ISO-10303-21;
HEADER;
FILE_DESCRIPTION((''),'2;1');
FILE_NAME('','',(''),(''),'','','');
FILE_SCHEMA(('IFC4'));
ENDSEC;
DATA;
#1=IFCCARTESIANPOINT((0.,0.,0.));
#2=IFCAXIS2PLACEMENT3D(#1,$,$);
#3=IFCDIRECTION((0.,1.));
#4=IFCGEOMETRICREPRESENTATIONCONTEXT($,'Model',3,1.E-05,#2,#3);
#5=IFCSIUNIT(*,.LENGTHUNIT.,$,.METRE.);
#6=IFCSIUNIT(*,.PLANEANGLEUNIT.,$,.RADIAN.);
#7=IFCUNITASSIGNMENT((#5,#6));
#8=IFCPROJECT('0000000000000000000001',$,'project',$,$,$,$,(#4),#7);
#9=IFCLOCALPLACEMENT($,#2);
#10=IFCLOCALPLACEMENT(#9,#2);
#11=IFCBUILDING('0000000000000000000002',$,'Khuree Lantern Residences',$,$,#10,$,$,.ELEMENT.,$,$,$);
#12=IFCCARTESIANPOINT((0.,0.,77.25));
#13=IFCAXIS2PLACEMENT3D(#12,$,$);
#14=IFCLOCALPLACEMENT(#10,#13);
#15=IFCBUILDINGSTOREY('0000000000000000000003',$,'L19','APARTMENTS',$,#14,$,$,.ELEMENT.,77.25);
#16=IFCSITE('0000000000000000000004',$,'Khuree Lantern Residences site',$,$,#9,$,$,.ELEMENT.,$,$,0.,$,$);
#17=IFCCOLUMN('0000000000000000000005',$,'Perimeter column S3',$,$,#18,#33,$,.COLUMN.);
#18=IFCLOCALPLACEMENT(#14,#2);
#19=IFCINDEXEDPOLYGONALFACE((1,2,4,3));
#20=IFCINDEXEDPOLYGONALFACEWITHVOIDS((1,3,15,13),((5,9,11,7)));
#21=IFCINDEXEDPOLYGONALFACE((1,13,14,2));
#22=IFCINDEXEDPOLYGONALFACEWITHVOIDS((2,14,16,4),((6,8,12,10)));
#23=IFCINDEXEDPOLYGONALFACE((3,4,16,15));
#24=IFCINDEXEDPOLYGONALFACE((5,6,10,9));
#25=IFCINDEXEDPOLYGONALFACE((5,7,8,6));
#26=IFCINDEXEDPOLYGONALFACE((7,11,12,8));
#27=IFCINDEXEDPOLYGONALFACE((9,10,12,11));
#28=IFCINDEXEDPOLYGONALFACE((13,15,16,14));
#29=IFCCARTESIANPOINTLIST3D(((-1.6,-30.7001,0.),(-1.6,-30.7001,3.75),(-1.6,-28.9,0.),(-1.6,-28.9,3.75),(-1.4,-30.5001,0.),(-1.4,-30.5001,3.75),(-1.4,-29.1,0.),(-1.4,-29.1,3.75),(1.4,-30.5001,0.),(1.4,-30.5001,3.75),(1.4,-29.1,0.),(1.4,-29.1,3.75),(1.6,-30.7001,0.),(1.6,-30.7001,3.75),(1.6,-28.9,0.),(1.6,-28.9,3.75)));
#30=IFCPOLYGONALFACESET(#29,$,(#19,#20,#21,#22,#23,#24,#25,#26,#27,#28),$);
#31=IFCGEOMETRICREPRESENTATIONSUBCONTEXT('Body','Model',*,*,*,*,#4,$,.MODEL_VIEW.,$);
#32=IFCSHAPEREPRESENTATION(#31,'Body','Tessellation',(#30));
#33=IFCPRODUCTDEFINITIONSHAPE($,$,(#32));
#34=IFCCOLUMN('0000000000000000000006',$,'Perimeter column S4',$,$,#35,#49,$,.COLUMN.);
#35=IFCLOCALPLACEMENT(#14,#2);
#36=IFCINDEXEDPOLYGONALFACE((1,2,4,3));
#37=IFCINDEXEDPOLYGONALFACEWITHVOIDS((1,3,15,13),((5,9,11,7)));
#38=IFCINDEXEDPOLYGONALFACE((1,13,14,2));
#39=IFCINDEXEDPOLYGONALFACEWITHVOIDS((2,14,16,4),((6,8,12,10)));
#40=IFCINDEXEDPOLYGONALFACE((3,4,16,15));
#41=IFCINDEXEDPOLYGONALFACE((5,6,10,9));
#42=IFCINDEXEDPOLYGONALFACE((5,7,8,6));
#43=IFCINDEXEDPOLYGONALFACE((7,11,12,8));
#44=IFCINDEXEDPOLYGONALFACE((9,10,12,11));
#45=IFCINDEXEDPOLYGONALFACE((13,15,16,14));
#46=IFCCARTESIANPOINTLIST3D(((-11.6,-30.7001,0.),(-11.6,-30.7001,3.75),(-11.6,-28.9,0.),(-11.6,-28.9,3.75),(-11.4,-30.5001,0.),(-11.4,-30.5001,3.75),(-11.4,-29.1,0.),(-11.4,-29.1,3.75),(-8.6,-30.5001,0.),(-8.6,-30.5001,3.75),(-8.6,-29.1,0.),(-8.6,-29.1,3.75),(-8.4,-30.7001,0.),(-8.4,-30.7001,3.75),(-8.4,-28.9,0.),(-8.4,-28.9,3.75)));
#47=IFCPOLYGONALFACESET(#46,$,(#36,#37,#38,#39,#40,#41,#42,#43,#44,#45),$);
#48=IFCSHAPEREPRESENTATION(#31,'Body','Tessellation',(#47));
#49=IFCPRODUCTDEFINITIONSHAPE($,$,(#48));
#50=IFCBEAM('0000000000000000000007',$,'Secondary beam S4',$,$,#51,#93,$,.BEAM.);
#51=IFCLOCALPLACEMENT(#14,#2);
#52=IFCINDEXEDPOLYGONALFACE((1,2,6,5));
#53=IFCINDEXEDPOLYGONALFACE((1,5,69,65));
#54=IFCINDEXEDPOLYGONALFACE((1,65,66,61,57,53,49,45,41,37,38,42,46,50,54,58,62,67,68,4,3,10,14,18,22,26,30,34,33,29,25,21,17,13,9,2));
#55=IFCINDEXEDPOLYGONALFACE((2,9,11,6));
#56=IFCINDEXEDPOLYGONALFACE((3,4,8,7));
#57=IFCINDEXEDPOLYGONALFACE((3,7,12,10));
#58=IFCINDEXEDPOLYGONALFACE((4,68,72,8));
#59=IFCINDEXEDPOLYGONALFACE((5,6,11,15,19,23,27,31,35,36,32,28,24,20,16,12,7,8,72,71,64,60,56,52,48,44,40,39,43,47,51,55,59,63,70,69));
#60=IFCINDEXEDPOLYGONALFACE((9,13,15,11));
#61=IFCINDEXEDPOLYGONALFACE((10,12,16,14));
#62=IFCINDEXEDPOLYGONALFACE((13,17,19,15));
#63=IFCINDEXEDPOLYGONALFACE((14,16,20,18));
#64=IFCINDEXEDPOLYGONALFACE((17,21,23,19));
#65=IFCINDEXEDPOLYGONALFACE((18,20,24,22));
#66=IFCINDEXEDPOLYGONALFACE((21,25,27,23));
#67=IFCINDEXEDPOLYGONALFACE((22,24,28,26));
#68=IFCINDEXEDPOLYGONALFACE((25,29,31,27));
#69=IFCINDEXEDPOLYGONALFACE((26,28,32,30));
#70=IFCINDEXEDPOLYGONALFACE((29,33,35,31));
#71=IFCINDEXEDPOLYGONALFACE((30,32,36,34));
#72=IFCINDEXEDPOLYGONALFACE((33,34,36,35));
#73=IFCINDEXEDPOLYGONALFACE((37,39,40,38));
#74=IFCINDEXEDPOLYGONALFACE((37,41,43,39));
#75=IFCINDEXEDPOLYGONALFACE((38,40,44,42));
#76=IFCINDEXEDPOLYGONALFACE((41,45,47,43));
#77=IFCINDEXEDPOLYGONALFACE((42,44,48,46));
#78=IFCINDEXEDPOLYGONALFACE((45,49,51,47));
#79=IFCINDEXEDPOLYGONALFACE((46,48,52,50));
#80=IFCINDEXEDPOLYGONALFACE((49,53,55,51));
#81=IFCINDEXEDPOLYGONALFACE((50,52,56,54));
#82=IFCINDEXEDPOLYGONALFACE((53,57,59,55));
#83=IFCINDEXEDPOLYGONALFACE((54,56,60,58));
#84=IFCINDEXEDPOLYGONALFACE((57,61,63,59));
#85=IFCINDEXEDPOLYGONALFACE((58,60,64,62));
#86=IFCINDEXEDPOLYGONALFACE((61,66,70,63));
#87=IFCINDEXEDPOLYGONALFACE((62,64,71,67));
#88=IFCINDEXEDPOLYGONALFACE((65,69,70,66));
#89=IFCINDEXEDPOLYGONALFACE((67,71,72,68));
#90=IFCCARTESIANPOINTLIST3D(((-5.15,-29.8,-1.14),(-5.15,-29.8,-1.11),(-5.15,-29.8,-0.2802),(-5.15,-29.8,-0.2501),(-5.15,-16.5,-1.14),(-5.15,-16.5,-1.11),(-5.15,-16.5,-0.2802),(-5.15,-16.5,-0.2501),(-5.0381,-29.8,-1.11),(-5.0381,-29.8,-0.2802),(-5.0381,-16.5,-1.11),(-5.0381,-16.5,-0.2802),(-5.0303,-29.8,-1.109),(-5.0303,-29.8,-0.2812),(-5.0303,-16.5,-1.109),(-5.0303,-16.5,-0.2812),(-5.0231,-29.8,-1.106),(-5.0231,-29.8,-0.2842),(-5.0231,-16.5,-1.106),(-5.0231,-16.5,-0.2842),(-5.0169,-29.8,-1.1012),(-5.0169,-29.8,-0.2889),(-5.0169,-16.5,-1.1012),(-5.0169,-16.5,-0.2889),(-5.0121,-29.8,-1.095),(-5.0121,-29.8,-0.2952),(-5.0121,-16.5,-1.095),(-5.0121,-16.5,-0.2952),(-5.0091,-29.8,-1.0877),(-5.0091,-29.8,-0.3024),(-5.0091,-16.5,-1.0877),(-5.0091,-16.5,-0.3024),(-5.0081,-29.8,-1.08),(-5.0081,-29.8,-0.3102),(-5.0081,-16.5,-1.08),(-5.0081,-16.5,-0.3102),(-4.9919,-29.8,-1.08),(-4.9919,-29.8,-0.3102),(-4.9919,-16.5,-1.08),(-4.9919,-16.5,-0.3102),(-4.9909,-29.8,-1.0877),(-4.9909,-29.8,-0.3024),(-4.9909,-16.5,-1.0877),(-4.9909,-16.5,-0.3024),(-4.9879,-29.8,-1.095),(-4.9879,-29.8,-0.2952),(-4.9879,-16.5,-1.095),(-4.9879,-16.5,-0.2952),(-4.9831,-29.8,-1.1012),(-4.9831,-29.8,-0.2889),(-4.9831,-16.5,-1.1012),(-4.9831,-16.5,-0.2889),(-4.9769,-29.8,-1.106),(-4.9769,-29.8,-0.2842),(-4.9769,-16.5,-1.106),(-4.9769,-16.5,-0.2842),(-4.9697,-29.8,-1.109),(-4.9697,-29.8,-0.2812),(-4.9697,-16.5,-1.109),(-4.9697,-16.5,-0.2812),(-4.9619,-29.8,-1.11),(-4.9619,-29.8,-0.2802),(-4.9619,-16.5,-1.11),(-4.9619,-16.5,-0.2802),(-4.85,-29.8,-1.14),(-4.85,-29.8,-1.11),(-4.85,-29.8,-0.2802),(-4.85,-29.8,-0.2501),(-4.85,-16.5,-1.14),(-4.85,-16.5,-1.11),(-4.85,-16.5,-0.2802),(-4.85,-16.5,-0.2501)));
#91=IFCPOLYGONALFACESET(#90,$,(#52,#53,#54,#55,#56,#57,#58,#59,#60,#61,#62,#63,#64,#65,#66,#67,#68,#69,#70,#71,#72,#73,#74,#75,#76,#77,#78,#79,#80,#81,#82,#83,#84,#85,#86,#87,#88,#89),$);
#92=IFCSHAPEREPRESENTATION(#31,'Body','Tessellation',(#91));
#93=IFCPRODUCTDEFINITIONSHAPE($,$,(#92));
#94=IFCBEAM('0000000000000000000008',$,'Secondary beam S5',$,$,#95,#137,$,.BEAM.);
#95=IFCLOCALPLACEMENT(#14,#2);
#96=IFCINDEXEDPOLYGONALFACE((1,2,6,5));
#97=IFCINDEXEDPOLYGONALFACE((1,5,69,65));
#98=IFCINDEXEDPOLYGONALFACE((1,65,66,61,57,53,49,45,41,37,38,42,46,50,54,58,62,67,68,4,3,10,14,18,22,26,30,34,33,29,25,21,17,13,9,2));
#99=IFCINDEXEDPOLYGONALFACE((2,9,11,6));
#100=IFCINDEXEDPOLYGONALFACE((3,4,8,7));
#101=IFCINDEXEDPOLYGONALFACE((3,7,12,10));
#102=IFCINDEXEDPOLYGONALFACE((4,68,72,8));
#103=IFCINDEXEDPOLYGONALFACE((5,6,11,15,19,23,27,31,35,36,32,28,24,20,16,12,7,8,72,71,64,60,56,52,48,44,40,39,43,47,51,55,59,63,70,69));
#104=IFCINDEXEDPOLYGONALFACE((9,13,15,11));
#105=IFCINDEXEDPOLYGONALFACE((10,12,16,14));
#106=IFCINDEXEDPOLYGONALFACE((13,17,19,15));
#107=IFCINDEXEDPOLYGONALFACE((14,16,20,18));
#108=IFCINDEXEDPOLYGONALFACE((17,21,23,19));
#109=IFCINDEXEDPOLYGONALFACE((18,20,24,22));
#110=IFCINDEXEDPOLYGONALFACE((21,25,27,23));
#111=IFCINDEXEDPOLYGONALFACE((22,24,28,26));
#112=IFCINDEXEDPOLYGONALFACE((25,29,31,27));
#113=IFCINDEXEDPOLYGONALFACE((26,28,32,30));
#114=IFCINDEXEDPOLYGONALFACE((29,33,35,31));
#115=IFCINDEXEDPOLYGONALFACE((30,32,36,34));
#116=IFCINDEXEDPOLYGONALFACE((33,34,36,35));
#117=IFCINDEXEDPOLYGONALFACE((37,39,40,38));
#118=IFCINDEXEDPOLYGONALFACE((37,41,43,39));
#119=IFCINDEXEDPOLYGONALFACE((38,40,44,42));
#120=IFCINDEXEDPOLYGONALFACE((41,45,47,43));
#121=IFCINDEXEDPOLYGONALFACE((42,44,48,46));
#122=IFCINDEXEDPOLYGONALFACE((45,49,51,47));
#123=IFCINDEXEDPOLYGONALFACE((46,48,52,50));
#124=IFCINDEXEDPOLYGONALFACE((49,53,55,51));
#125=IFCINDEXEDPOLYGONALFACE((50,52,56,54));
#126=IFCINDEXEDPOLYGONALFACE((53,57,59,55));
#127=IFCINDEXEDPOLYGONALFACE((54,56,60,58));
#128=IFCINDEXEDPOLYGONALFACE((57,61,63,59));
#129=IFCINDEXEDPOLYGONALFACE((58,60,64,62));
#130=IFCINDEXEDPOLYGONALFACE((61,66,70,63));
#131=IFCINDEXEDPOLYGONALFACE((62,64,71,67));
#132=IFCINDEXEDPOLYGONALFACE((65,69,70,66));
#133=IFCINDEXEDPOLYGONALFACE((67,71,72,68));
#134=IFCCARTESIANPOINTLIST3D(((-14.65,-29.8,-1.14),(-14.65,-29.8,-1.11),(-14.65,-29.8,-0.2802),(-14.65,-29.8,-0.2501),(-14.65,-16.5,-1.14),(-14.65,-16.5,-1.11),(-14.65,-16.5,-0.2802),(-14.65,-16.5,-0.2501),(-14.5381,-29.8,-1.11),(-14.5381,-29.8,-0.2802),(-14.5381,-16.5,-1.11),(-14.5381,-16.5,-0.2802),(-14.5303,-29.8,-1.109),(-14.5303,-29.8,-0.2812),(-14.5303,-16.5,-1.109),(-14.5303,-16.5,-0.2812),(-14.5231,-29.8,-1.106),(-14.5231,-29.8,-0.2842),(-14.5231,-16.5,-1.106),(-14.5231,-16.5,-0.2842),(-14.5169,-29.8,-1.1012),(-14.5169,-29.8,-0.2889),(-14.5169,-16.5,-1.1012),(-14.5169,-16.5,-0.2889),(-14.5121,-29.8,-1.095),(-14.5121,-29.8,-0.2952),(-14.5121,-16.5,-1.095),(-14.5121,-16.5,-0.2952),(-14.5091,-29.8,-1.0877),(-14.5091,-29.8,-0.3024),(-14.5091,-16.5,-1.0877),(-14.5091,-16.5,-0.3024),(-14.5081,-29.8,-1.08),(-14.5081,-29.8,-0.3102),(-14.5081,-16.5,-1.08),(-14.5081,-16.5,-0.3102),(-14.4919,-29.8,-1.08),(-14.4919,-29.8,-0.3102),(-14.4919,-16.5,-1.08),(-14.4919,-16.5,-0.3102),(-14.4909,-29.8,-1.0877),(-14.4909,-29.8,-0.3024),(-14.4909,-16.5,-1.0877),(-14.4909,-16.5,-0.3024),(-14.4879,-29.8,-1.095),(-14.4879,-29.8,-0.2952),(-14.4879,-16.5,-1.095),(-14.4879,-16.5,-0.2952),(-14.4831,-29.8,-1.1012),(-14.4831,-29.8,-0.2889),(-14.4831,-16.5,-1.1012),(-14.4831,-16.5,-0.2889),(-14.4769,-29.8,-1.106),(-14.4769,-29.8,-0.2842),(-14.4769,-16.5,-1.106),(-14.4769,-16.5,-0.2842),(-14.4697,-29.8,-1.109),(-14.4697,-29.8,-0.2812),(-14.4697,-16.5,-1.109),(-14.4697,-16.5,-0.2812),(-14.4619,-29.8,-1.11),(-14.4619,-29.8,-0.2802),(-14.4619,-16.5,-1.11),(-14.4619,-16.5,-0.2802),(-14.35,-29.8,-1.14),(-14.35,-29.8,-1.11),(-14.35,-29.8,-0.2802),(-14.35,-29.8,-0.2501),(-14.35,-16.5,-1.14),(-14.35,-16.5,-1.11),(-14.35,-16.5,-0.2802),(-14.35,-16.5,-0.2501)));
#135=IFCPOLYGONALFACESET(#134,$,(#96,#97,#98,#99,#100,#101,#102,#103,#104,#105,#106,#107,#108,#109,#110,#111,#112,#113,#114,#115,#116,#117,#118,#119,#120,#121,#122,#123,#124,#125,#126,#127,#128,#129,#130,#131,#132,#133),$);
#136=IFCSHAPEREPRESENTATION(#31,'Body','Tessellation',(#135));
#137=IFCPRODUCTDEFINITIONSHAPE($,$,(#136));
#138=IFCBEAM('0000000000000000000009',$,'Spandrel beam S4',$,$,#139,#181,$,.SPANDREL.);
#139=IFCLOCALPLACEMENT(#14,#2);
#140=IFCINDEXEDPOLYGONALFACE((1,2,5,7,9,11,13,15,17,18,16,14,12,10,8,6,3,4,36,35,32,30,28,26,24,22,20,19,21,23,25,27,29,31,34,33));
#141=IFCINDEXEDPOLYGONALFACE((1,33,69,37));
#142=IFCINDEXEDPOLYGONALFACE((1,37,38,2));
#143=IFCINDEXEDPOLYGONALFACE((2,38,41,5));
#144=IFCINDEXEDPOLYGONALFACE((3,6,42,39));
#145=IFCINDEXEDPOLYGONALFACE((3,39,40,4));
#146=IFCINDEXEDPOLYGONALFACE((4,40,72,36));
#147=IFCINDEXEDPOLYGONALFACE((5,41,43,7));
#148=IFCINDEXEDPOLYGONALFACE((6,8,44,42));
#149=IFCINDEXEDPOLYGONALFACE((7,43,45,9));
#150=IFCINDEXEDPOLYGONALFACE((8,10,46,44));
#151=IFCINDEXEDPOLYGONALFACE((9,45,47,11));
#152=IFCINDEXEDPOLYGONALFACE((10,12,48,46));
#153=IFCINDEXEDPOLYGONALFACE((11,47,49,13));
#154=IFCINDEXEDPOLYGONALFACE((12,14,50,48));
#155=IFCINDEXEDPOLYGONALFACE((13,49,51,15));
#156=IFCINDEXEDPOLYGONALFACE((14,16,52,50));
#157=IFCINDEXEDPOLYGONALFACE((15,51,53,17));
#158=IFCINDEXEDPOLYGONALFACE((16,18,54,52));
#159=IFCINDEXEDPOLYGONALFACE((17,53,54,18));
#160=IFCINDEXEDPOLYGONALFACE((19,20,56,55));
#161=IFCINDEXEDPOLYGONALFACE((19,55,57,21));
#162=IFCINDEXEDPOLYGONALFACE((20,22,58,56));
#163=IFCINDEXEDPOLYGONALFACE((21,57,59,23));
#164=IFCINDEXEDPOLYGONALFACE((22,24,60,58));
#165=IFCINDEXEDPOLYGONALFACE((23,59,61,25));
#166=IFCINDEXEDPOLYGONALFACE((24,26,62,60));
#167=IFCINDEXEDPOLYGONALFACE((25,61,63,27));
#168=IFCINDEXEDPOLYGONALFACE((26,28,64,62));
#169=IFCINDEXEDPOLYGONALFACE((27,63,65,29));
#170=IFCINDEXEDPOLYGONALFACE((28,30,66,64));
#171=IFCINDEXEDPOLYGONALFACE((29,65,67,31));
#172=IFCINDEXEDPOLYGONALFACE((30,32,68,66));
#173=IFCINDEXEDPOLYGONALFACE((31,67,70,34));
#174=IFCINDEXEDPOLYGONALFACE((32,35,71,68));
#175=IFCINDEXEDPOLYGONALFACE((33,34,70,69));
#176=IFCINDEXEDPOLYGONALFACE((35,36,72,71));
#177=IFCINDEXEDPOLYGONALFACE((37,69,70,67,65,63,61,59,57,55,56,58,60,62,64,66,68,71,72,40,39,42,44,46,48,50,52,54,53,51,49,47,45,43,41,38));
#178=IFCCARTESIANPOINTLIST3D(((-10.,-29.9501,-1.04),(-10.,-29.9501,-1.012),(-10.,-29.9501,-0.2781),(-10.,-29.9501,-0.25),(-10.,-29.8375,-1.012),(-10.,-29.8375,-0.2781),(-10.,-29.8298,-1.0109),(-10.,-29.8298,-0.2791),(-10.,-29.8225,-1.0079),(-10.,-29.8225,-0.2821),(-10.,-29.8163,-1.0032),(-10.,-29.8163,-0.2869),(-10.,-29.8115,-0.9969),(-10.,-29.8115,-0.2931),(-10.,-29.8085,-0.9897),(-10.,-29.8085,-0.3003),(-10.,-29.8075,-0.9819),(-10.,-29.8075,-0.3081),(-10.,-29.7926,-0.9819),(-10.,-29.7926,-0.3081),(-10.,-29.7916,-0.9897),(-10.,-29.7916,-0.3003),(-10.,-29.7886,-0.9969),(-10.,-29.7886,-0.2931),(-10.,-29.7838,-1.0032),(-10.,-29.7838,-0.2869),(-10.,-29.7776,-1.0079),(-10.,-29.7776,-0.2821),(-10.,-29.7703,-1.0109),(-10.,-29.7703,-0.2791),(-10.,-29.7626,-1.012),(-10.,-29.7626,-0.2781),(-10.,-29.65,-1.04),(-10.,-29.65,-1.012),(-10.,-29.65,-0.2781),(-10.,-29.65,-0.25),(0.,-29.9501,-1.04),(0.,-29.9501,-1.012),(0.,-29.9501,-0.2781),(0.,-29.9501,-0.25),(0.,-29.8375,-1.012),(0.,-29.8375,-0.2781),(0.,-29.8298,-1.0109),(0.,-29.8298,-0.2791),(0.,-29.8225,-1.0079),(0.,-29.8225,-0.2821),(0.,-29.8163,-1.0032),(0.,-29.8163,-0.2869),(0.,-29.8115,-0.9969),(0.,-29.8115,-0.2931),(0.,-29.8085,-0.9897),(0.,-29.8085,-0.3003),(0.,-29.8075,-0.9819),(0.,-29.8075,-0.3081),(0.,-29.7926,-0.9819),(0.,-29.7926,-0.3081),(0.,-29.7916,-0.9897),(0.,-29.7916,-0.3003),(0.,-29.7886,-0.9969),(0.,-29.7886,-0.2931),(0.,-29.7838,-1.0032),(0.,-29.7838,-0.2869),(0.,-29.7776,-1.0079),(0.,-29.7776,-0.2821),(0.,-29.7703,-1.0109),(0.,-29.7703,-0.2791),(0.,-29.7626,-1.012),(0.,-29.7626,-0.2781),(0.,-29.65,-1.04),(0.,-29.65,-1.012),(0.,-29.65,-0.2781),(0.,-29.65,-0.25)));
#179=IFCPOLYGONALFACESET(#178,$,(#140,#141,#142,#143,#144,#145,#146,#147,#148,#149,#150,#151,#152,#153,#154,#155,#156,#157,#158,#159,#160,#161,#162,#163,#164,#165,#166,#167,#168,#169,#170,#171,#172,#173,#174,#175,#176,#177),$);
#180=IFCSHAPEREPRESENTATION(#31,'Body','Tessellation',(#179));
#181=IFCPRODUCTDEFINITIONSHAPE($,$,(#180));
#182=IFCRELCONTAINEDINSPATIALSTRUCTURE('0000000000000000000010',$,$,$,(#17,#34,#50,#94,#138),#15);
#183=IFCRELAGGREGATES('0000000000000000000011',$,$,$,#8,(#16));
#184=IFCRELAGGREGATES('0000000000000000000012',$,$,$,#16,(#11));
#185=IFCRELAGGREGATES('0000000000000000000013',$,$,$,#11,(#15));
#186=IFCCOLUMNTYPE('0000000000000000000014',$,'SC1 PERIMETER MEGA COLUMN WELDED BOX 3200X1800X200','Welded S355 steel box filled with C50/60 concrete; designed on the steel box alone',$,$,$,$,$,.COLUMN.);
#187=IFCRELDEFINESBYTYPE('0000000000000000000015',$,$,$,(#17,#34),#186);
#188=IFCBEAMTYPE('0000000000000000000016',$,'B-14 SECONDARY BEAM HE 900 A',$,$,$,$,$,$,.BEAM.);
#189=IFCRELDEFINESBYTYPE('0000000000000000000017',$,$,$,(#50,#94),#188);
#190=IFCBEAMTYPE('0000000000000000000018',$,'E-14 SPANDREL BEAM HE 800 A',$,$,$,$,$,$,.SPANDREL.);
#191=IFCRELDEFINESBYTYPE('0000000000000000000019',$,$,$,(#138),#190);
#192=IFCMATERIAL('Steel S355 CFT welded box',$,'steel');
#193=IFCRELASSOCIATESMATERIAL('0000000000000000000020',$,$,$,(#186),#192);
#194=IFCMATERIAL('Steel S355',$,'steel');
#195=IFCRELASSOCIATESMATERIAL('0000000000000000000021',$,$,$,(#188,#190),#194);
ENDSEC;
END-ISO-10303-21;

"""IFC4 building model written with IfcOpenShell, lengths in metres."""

from ifc_helpers import new_model, si_unit, direction, frame, origin, origin_2d, place, context, subcontext, project, spatial, hollow_rectangle, i_section, extrude, material, material_profile, profile_set, type_object, element, save


model = new_model("IFC4")

# Units and contexts
model_context = context("Model", 3, precision=1e-05, world=origin(), true_north=direction((0.0, 1.0)))
body_context = subcontext(model_context, "Body", "Model", "MODEL_VIEW")
ifc_project = project(units=[si_unit("LENGTHUNIT", "METRE"), si_unit("PLANEANGLEUNIT", "RADIAN")], contexts=[model_context])

# Site, building, storey
site_placement = place(None, origin())
site = spatial("IfcSite", under=ifc_project, at=site_placement, Name="Khuree Lantern Residences site", CompositionType="ELEMENT", RefElevation=0.0)
building_placement = place(site_placement, origin())
building = spatial("IfcBuilding", under=site, at=building_placement, Name="Khuree Lantern Residences", CompositionType="ELEMENT")
storey_placement = place(building_placement, frame((0.0, 0.0, 77.25)))
storey = spatial("IfcBuildingStorey", under=building, at=storey_placement, Name="L19", Description="APARTMENTS", CompositionType="ELEMENT", Elevation=77.25)

# Columns
ifc_material_1 = material(Name="Steel S355 CFT welded box", Category="steel")
ifc_material_profile_1 = material_profile(ifc_material_1, hollow_rectangle(XDim=3.2, YDim=1.8, WallThickness=0.2, at=origin_2d()), Name="WELDED BOX 3200X1800X200")
ifc_profile_set_1 = profile_set([ifc_material_profile_1], Name="Steel S355 CFT welded box")
column_type = type_object("IfcColumnType", Name="SC1 PERIMETER MEGA COLUMN WELDED BOX 3200X1800X200", Description="Welded S355 steel box filled with C50/60 concrete; designed on the steel box alone", PredefinedType="COLUMN", material=ifc_profile_set_1)
for number, where, z_axis, x_axis, name in (
    (1, (0.0, -29.8, 0.0), (0.0, 0.0, 1.0), (1.0, 0.0, 0.0), "Perimeter column S3"),
    (2, (-10.0, -29.8, 0.0), (0.0, 0.0, 1.0), (1.0, 0.0, 0.0), "Perimeter column S4"),
):
    element("IfcColumn", number, at=place(storey_placement, frame(where, z_axis=z_axis, x_axis=x_axis)), inside=storey, type_object=column_type, Name=name, PredefinedType="COLUMN", context=body_context, shape_type="SweptSolid", body=[
        extrude(hollow_rectangle(XDim=3.2, YDim=1.8, WallThickness=0.2, at=origin_2d()), origin(), (0.0, 0.0, 1.0), 3.75),
    ])

# Beams
ifc_material_2 = material(Name="Steel S355", Category="steel")
ifc_material_profile_2 = material_profile(ifc_material_2, i_section(OverallWidth=0.3, OverallDepth=0.8899, WebThickness=0.0161, FlangeThickness=0.03, FilletRadius=0.03, at=origin_2d()), Name="HE 900 A")
ifc_profile_set_2 = profile_set([ifc_material_profile_2], Name="Steel S355")
beam_type_1 = type_object("IfcBeamType", Name="B-14 SECONDARY BEAM HE 900 A", PredefinedType="BEAM", material=ifc_profile_set_2)
for number, where, z_axis, x_axis, name in (
    (3, (-5.0, -29.8, -0.6951), (0.0, 1.0, 0.0), (-1.0, 0.0, 0.0), "Secondary beam S4"),
    (4, (-14.5, -29.8, -0.6951), (0.0, 1.0, 0.0), (-1.0, 0.0, 0.0), "Secondary beam S5"),
):
    element("IfcBeam", number, at=place(storey_placement, frame(where, z_axis=z_axis, x_axis=x_axis)), inside=storey, type_object=beam_type_1, Name=name, PredefinedType="BEAM", context=body_context, shape_type="SweptSolid", body=[
        extrude(i_section(OverallWidth=0.3, OverallDepth=0.8899, WebThickness=0.0161, FlangeThickness=0.03, FilletRadius=0.03, at=origin_2d()), origin(), (0.0, 0.0, 1.0), 13.3),
    ])
ifc_material_profile_3 = material_profile(ifc_material_2, i_section(OverallWidth=0.3, OverallDepth=0.79, WebThickness=0.0149, FlangeThickness=0.0281, FilletRadius=0.03, at=origin_2d()), Name="HE 800 A")
ifc_profile_set_3 = profile_set([ifc_material_profile_3], Name="Steel S355")
beam_type_2 = type_object("IfcBeamType", Name="E-14 SPANDREL BEAM HE 800 A", PredefinedType="SPANDREL", material=ifc_profile_set_3)
for number, where, z_axis, x_axis, name in (
    (5, (0.0, -29.8, -0.645), (-1.0, 0.0, 0.0), (0.0, -1.0, 0.0), "Spandrel beam S4"),
):
    element("IfcBeam", number, at=place(storey_placement, frame(where, z_axis=z_axis, x_axis=x_axis)), inside=storey, type_object=beam_type_2, Name=name, PredefinedType="SPANDREL", context=body_context, shape_type="SweptSolid", body=[
        extrude(i_section(OverallWidth=0.3, OverallDepth=0.79, WebThickness=0.0149, FlangeThickness=0.0281, FilletRadius=0.03, at=origin_2d()), origin(), (0.0, 0.0, 1.0), 10.0),
    ])

save(model, "model.ifc")
